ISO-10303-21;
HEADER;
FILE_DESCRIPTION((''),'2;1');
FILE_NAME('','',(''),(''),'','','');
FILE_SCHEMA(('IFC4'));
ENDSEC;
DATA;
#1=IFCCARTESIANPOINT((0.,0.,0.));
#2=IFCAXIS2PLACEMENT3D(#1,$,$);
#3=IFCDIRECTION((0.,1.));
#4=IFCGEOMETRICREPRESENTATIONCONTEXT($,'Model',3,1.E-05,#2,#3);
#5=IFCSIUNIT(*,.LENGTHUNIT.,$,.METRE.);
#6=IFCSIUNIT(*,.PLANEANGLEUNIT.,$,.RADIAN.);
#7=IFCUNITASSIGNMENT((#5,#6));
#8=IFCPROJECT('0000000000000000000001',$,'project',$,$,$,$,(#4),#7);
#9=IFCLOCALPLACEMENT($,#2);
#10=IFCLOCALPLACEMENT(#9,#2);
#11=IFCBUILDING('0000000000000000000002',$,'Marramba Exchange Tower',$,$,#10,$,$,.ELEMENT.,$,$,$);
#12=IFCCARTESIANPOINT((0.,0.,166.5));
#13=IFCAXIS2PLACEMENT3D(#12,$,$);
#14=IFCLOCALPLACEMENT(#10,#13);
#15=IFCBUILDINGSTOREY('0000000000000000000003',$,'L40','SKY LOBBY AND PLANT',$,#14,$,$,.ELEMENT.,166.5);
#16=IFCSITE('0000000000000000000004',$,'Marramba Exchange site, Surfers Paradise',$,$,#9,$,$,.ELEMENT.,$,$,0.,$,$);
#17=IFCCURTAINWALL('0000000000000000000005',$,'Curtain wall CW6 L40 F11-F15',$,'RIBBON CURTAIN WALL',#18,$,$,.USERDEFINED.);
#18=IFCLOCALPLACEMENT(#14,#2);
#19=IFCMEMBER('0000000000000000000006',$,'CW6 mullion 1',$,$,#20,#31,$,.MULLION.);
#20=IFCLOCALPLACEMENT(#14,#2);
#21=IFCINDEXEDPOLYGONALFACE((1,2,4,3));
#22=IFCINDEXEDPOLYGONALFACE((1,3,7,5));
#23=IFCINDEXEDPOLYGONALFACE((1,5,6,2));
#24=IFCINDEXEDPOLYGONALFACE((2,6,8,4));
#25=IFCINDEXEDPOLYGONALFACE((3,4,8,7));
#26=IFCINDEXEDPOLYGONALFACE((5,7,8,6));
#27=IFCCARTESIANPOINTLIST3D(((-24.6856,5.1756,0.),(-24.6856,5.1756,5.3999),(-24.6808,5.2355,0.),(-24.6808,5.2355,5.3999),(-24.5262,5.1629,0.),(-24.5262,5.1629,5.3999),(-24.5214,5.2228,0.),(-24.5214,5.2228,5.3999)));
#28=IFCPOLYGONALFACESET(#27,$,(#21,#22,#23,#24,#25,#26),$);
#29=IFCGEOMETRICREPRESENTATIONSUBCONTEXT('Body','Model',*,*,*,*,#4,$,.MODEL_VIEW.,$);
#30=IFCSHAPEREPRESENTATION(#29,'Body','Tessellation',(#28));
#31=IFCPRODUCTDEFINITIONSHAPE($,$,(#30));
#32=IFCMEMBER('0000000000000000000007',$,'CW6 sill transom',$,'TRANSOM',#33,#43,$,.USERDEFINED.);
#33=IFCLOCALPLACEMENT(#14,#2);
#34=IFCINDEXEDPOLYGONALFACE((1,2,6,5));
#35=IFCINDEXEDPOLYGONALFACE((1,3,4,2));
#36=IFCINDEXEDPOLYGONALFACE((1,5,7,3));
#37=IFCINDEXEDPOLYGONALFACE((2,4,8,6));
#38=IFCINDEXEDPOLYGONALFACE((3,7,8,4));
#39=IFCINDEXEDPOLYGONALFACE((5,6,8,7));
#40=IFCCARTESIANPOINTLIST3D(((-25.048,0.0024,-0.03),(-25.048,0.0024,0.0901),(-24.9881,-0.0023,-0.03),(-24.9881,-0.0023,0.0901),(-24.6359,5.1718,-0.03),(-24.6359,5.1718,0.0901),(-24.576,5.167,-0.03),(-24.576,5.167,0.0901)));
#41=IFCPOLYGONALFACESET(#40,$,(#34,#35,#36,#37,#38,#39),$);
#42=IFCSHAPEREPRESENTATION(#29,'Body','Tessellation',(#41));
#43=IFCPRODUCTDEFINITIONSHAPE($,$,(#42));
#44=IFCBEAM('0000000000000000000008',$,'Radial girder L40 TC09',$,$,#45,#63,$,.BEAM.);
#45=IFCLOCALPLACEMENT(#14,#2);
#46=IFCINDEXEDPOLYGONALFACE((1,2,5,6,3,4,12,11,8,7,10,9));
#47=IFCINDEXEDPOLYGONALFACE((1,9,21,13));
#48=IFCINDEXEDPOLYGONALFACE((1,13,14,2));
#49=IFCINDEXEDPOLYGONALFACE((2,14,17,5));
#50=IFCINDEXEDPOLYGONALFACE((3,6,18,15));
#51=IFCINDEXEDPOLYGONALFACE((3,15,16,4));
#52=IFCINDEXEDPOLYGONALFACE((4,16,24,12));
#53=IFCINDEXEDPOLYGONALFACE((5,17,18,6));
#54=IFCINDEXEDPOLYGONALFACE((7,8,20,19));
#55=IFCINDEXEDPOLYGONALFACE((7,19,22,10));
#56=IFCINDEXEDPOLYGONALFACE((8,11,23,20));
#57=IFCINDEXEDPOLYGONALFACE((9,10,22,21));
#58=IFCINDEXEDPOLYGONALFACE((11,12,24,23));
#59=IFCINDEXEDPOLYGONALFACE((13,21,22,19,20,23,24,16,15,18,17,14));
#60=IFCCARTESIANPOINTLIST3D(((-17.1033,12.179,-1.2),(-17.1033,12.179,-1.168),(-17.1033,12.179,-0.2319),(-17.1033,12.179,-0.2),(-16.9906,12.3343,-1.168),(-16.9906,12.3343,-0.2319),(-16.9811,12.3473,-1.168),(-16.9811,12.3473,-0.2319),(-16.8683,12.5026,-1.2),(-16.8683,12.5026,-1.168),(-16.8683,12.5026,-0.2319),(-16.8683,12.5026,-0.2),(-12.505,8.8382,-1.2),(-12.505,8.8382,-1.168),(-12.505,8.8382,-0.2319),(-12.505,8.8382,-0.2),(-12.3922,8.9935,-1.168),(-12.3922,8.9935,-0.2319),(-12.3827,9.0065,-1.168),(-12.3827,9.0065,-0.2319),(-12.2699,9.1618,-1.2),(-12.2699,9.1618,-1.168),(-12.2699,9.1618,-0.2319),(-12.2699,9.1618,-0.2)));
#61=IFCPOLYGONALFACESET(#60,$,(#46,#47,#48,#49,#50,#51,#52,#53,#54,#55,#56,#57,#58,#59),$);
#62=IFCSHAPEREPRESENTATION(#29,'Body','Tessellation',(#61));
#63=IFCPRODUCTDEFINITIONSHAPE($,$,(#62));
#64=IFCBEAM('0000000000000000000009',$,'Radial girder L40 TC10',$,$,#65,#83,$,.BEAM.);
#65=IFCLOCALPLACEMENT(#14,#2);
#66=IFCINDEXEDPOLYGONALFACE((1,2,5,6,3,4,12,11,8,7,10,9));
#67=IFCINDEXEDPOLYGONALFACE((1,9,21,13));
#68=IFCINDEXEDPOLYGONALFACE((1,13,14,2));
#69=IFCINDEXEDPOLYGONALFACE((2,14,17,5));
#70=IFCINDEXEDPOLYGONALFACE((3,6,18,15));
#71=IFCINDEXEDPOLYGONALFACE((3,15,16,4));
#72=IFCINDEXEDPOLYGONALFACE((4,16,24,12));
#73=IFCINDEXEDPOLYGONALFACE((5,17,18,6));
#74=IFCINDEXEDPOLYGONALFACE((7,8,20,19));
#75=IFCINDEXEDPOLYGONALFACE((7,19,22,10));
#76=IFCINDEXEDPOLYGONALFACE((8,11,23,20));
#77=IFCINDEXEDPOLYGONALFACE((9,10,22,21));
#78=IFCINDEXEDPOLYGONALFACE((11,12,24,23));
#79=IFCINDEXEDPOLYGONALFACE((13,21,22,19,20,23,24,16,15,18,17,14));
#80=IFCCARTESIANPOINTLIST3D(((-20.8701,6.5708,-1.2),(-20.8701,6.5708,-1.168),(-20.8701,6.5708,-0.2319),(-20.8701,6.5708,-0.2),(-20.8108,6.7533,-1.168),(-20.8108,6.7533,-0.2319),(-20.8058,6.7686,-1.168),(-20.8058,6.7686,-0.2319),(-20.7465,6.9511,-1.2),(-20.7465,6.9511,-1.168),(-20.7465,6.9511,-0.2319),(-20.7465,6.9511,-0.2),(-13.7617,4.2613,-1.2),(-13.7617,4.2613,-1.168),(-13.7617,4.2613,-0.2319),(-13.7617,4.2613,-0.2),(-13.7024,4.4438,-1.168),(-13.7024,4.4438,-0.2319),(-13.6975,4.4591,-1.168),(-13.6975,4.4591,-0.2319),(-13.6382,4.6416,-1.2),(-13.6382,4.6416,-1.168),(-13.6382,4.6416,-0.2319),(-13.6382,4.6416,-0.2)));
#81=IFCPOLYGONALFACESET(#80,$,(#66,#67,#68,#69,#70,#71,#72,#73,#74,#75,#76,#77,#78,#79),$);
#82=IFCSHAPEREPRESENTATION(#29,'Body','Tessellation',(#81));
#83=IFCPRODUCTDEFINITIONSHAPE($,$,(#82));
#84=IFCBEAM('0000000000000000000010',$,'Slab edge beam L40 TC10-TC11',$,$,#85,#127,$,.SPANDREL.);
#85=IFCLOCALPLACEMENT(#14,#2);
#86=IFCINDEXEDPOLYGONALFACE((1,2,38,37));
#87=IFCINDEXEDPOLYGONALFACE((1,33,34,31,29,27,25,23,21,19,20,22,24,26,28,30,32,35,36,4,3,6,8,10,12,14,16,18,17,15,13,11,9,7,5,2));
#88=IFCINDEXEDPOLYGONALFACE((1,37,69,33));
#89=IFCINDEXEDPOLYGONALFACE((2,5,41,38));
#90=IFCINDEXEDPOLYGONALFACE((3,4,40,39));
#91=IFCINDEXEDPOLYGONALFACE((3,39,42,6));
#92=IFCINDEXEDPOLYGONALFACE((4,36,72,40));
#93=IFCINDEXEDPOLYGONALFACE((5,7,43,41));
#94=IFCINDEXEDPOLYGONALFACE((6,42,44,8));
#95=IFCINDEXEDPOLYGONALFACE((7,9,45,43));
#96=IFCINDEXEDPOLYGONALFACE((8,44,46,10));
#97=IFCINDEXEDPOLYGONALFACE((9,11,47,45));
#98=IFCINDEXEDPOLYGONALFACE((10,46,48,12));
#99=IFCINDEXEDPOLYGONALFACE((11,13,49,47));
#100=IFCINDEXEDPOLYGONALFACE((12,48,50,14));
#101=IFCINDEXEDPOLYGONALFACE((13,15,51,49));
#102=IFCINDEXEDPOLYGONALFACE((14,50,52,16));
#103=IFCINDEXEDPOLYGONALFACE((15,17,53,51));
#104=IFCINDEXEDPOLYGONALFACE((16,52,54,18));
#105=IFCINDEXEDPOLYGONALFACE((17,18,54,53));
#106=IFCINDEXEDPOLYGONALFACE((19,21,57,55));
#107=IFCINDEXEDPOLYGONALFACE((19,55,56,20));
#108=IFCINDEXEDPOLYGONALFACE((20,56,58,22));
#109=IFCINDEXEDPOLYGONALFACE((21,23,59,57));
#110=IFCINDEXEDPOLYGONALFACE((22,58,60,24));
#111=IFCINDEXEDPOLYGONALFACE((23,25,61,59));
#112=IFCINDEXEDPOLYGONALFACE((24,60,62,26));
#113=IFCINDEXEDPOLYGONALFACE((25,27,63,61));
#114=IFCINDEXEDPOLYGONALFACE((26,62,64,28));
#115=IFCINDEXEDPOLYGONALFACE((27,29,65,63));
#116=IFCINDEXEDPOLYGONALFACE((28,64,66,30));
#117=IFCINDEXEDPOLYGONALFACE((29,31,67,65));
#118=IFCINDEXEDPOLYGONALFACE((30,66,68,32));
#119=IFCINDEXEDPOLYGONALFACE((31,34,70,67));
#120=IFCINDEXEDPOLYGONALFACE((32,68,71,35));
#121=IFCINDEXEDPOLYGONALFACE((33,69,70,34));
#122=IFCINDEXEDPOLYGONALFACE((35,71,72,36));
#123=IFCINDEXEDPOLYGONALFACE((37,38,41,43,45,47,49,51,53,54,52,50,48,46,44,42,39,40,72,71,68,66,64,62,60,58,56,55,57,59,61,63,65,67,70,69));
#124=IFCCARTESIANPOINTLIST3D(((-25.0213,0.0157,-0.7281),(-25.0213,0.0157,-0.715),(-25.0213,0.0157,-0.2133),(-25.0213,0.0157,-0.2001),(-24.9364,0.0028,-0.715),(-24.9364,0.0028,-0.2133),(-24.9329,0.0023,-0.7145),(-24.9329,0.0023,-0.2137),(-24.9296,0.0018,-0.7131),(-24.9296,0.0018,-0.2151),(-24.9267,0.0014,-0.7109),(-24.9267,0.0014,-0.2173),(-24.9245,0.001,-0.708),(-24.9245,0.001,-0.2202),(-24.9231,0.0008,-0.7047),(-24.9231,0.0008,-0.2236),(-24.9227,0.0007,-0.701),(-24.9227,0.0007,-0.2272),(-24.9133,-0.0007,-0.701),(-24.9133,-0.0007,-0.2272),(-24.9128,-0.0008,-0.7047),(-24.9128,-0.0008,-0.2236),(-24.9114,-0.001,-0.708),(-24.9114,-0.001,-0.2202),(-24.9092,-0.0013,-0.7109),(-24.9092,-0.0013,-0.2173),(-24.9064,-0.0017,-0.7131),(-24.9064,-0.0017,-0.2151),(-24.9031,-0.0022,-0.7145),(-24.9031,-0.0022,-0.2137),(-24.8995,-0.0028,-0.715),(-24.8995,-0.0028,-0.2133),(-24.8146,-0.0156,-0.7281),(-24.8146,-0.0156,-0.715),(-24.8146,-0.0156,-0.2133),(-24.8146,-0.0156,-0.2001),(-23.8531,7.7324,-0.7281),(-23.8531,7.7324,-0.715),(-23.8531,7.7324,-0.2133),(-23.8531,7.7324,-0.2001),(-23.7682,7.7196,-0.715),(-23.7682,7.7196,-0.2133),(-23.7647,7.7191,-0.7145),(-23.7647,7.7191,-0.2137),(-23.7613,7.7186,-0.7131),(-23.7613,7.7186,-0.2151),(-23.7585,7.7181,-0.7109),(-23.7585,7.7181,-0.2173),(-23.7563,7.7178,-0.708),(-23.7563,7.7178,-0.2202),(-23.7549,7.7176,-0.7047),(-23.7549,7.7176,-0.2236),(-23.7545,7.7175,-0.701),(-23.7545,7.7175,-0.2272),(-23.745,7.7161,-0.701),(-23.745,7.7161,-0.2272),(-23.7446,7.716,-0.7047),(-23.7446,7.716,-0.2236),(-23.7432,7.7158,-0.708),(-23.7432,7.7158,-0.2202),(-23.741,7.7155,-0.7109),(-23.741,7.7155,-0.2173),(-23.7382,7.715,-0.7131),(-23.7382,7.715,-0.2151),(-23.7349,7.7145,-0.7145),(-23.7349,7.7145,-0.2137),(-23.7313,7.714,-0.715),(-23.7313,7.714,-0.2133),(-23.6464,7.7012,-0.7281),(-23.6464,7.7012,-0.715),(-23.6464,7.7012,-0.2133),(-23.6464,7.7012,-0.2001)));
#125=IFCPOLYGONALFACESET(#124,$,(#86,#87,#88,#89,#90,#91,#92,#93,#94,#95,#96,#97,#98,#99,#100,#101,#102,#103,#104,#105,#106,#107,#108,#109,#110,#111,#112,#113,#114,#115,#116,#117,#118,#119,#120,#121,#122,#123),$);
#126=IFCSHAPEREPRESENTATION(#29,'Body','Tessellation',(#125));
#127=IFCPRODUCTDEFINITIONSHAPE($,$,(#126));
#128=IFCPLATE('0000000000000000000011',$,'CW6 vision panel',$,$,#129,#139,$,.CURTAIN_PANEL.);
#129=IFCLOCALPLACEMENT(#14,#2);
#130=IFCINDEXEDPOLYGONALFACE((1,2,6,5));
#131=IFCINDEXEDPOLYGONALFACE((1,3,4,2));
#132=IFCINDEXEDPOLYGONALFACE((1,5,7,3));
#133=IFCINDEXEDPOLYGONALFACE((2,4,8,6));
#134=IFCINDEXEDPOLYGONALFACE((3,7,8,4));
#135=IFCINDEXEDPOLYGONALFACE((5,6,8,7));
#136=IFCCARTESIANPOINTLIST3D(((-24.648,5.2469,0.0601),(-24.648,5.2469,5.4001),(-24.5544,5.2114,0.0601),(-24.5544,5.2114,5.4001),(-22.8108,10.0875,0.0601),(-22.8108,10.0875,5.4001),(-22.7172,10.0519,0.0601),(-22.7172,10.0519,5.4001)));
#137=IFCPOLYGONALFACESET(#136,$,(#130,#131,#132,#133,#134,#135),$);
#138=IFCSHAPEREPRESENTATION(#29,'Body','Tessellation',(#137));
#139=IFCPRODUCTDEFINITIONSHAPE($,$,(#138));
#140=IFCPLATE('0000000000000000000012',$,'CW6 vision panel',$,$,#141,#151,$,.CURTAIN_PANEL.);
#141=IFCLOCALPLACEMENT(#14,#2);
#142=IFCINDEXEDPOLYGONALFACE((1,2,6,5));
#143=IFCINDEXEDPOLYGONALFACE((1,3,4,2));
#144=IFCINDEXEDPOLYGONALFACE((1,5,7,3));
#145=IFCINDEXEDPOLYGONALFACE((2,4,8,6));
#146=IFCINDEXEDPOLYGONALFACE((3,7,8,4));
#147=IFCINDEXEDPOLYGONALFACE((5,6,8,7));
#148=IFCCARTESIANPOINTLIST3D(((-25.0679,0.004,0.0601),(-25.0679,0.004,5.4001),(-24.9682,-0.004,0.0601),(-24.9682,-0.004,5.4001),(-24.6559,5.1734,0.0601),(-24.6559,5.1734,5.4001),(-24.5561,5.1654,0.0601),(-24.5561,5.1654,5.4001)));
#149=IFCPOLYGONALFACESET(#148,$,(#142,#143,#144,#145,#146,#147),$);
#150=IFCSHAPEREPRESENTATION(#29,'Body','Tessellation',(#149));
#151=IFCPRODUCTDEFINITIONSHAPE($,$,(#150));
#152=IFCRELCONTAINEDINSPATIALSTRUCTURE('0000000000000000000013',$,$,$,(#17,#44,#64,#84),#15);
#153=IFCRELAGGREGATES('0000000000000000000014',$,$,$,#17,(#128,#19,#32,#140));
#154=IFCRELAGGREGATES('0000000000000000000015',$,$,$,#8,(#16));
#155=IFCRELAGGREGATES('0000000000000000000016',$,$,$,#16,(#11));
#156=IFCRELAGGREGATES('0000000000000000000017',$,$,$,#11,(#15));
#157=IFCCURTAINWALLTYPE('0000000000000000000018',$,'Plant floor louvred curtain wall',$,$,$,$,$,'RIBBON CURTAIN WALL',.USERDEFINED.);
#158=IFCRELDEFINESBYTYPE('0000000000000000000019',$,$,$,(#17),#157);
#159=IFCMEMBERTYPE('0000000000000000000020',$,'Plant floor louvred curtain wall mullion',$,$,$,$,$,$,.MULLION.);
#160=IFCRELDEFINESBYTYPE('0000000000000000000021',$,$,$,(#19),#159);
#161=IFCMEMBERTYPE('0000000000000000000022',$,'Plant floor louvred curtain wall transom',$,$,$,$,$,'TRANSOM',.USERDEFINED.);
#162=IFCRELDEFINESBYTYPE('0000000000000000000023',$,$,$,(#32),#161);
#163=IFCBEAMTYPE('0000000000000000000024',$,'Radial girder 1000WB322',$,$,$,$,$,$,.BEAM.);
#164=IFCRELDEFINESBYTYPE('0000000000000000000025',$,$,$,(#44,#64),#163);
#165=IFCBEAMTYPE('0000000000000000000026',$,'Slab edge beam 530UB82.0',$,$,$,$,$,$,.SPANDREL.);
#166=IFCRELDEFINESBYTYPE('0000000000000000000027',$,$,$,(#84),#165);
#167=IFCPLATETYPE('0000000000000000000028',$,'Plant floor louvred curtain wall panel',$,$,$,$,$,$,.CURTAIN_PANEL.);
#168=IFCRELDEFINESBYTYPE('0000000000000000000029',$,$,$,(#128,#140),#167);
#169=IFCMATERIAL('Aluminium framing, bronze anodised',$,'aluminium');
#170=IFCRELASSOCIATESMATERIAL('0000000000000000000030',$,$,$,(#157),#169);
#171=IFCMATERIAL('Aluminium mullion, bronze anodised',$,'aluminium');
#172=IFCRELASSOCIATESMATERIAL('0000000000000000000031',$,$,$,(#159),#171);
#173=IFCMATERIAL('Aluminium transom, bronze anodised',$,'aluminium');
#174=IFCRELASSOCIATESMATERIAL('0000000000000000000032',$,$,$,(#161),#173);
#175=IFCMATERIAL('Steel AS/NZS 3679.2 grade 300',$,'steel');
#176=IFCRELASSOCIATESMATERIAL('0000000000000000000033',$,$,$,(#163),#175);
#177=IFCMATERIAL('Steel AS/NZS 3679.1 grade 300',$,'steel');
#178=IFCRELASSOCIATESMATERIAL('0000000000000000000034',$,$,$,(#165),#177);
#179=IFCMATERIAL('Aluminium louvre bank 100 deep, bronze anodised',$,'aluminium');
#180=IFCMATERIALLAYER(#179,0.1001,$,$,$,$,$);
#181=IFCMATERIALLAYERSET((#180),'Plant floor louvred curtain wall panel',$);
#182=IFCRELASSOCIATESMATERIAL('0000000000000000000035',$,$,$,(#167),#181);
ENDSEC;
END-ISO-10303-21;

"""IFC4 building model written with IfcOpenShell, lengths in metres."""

from ifc_helpers import new_model, si_unit, direction, frame, origin, origin_2d, place, context, subcontext, project, spatial, rectangle, i_section, extrude, material, layer, layer_set, material_profile, profile_set, type_object, element, aggregate, save


model = new_model("IFC4")

# Units and contexts
model_context = context("Model", 3, precision=1e-05, world=origin(), true_north=direction((0.0, 1.0)))
body_context = subcontext(model_context, "Body", "Model", "MODEL_VIEW")
ifc_project = project(units=[si_unit("LENGTHUNIT", "METRE"), si_unit("PLANEANGLEUNIT", "RADIAN")], contexts=[model_context])

# Site, building, storey
site_placement = place(None, origin())
site = spatial("IfcSite", under=ifc_project, at=site_placement, Name="Marramba Exchange site, Surfers Paradise", CompositionType="ELEMENT", RefElevation=0.0)
building_placement = place(site_placement, origin())
building = spatial("IfcBuilding", under=site, at=building_placement, Name="Marramba Exchange Tower", CompositionType="ELEMENT")
storey_placement = place(building_placement, frame((0.0, 0.0, 166.5)))
storey = spatial("IfcBuildingStorey", under=building, at=storey_placement, Name="L40", Description="SKY LOBBY AND PLANT", CompositionType="ELEMENT", Elevation=166.5)

# Shared definitions
ifc_material_1 = material(Name="Steel AS/NZS 3679.2 grade 300", Category="steel")

# Shared definitions
ifc_material_2 = material(Name="Steel AS/NZS 3679.1 grade 300", Category="steel")

# Curtain wall, members
ifc_material_3 = material(Name="Aluminium framing, bronze anodised", Category="aluminium")
curtain_wall_type = type_object("IfcCurtainWallType", Name="Plant floor louvred curtain wall", ElementType="RIBBON CURTAIN WALL", PredefinedType="USERDEFINED", material=ifc_material_3)
curtain_wall_placement = place(storey_placement, origin())
curtain_wall = element("IfcCurtainWall", 1, at=curtain_wall_placement, inside=storey, type_object=curtain_wall_type, Name="Curtain wall CW6 L40 F11-F15", ObjectType="RIBBON CURTAIN WALL", PredefinedType="USERDEFINED")
ifc_material_4 = material(Name="Aluminium mullion, bronze anodised", Category="aluminium")
ifc_material_profile_1 = material_profile(ifc_material_4, rectangle(XDim=0.1599, YDim=0.0601, at=origin_2d()), Name="CW6 mullion 60x160")
ifc_profile_set_1 = profile_set([ifc_material_profile_1], Name="Aluminium mullion, bronze anodised")
member_type_1 = type_object("IfcMemberType", Name="Plant floor louvred curtain wall mullion", PredefinedType="MULLION", material=ifc_profile_set_1)
member_1_placement = place(storey_placement, frame((-24.6035, 5.1992, 0.0), z_axis=(0.0, 0.0, 1.0), x_axis=(0.996838, -0.07946, 0.0)))
member_1 = element("IfcMember", 2, at=member_1_placement, type_object=member_type_1, Name="CW6 mullion 1", PredefinedType="MULLION", context=body_context, shape_type="SweptSolid", body=[
    extrude(rectangle(XDim=0.1599, YDim=0.0601, at=origin_2d()), origin(), (0.0, 0.0, 1.0), 5.3999),
])
ifc_material_5 = material(Name="Aluminium transom, bronze anodised", Category="aluminium")
ifc_material_profile_2 = material_profile(ifc_material_5, rectangle(XDim=0.0601, YDim=0.1201, at=origin_2d()), Name="CW6 transom 60x120")
ifc_profile_set_2 = profile_set([ifc_material_profile_2], Name="Aluminium transom, bronze anodised")
member_type_2 = type_object("IfcMemberType", Name="Plant floor louvred curtain wall transom", ElementType="TRANSOM", PredefinedType="USERDEFINED", material=ifc_profile_set_2)
member_2_placement = place(storey_placement, frame((-24.606, 5.1694, 0.03), z_axis=(-0.079468, -0.996837, 0.0), x_axis=(0.996837, -0.079468, 0.0)))
member_2 = element("IfcMember", 3, at=member_2_placement, type_object=member_type_2, Name="CW6 sill transom", ObjectType="TRANSOM", PredefinedType="USERDEFINED", context=body_context, shape_type="SweptSolid", body=[
    extrude(rectangle(XDim=0.0601, YDim=0.1201, at=origin_2d()), origin(), (0.0, 0.0, 1.0), 5.1858),
])

# Beams
ifc_material_profile_3 = material_profile(ifc_material_1, i_section(OverallWidth=0.3999, OverallDepth=1.0, WebThickness=0.0161, FlangeThickness=0.032, at=origin_2d()), Name="1000WB322")
ifc_profile_set_3 = profile_set([ifc_material_profile_3], Name="Steel AS/NZS 3679.2 grade 300")
beam_type_1 = type_object("IfcBeamType", Name="Radial girder 1000WB322", PredefinedType="BEAM", material=ifc_profile_set_3)
beam_1_placement = place(storey_placement, frame((-12.3875, 9.0, -0.7), z_axis=(-0.809026, 0.587773, 0.0), x_axis=(-0.587773, -0.809026, 0.0)))
element("IfcBeam", 4, at=beam_1_placement, inside=storey, type_object=beam_type_1, Name="Radial girder L40 TC09", PredefinedType="BEAM", context=body_context, shape_type="SweptSolid", body=[
    extrude(i_section(OverallWidth=0.3999, OverallDepth=1.0, WebThickness=0.0161, FlangeThickness=0.032, at=origin_2d()), origin(), (0.0, 0.0, 1.0), 5.6838),
])
beam_2_placement = place(storey_placement, frame((-13.7, 4.4514, -0.7), z_axis=(-0.95106, 0.309006, 0.0), x_axis=(-0.309006, -0.95106, 0.0)))
element("IfcBeam", 5, at=beam_2_placement, inside=storey, type_object=beam_type_1, Name="Radial girder L40 TC10", PredefinedType="BEAM", context=body_context, shape_type="SweptSolid", body=[
    extrude(i_section(OverallWidth=0.3999, OverallDepth=1.0, WebThickness=0.0161, FlangeThickness=0.032, at=origin_2d()), origin(), (0.0, 0.0, 1.0), 7.4741),
])
ifc_material_profile_4 = material_profile(ifc_material_2, i_section(OverallWidth=0.209, OverallDepth=0.5281, WebThickness=0.0095, FlangeThickness=0.0132, FilletRadius=0.0139, at=origin_2d()), Name="530UB82.0")
ifc_profile_set_4 = profile_set([ifc_material_profile_4], Name="Steel AS/NZS 3679.1 grade 300")
beam_type_2 = type_object("IfcBeamType", Name="Slab edge beam 530UB82.0", PredefinedType="SPANDREL", material=ifc_profile_set_4)
beam_3_placement = place(storey_placement, frame((-23.7498, 7.7168, -0.4641), z_axis=(-0.14968, -0.988734, 0.0), x_axis=(0.988734, -0.14968, 0.0)))
element("IfcBeam", 6, at=beam_3_placement, inside=storey, type_object=beam_type_2, Name="Slab edge beam L40 TC10-TC11", PredefinedType="SPANDREL", context=body_context, shape_type="SweptSolid", body=[
    extrude(i_section(OverallWidth=0.209, OverallDepth=0.5281, WebThickness=0.0095, FlangeThickness=0.0132, FilletRadius=0.0139, at=origin_2d()), origin(), (0.0, 0.0, 1.0), 7.8047),
])

# Plates
ifc_material_6 = material(Name="Aluminium louvre bank 100 deep, bronze anodised", Category="aluminium")
ifc_layer_1 = layer(ifc_material_6, 0.1001)
ifc_layer_set_1 = layer_set([ifc_layer_1], Name="Plant floor louvred curtain wall panel")
plate_type = type_object("IfcPlateType", Name="Plant floor louvred curtain wall panel", PredefinedType="CURTAIN_PANEL", material=ifc_layer_set_1)
plate_1_placement = place(storey_placement, frame((-23.6826, 7.6494, 0.0601), z_axis=(0.0, 0.0, 1.0), x_axis=(-0.354844, -0.934925, 0.0)))
plate_1 = element("IfcPlate", 7, at=plate_1_placement, type_object=plate_type, Name="CW6 vision panel", PredefinedType="CURTAIN_PANEL", context=body_context, shape_type="SweptSolid", body=[
    extrude(rectangle(XDim=5.1775, YDim=0.1001, at=origin_2d()), origin(), (0.0, 0.0, 1.0), 5.3401),
])
plate_2_placement = place(storey_placement, frame((-24.812, 2.5847, 0.0601), z_axis=(0.0, 0.0, 1.0), x_axis=(-0.07946, -0.996838, 0.0)))
plate_2 = element("IfcPlate", 8, at=plate_2_placement, type_object=plate_type, Name="CW6 vision panel", PredefinedType="CURTAIN_PANEL", context=body_context, shape_type="SweptSolid", body=[
    extrude(rectangle(XDim=5.1858, YDim=0.1001, at=origin_2d()), origin(), (0.0, 0.0, 1.0), 5.3401),
])
aggregate(curtain_wall, [plate_1, member_1, member_2, plate_2])

save(model, "model.ifc")
